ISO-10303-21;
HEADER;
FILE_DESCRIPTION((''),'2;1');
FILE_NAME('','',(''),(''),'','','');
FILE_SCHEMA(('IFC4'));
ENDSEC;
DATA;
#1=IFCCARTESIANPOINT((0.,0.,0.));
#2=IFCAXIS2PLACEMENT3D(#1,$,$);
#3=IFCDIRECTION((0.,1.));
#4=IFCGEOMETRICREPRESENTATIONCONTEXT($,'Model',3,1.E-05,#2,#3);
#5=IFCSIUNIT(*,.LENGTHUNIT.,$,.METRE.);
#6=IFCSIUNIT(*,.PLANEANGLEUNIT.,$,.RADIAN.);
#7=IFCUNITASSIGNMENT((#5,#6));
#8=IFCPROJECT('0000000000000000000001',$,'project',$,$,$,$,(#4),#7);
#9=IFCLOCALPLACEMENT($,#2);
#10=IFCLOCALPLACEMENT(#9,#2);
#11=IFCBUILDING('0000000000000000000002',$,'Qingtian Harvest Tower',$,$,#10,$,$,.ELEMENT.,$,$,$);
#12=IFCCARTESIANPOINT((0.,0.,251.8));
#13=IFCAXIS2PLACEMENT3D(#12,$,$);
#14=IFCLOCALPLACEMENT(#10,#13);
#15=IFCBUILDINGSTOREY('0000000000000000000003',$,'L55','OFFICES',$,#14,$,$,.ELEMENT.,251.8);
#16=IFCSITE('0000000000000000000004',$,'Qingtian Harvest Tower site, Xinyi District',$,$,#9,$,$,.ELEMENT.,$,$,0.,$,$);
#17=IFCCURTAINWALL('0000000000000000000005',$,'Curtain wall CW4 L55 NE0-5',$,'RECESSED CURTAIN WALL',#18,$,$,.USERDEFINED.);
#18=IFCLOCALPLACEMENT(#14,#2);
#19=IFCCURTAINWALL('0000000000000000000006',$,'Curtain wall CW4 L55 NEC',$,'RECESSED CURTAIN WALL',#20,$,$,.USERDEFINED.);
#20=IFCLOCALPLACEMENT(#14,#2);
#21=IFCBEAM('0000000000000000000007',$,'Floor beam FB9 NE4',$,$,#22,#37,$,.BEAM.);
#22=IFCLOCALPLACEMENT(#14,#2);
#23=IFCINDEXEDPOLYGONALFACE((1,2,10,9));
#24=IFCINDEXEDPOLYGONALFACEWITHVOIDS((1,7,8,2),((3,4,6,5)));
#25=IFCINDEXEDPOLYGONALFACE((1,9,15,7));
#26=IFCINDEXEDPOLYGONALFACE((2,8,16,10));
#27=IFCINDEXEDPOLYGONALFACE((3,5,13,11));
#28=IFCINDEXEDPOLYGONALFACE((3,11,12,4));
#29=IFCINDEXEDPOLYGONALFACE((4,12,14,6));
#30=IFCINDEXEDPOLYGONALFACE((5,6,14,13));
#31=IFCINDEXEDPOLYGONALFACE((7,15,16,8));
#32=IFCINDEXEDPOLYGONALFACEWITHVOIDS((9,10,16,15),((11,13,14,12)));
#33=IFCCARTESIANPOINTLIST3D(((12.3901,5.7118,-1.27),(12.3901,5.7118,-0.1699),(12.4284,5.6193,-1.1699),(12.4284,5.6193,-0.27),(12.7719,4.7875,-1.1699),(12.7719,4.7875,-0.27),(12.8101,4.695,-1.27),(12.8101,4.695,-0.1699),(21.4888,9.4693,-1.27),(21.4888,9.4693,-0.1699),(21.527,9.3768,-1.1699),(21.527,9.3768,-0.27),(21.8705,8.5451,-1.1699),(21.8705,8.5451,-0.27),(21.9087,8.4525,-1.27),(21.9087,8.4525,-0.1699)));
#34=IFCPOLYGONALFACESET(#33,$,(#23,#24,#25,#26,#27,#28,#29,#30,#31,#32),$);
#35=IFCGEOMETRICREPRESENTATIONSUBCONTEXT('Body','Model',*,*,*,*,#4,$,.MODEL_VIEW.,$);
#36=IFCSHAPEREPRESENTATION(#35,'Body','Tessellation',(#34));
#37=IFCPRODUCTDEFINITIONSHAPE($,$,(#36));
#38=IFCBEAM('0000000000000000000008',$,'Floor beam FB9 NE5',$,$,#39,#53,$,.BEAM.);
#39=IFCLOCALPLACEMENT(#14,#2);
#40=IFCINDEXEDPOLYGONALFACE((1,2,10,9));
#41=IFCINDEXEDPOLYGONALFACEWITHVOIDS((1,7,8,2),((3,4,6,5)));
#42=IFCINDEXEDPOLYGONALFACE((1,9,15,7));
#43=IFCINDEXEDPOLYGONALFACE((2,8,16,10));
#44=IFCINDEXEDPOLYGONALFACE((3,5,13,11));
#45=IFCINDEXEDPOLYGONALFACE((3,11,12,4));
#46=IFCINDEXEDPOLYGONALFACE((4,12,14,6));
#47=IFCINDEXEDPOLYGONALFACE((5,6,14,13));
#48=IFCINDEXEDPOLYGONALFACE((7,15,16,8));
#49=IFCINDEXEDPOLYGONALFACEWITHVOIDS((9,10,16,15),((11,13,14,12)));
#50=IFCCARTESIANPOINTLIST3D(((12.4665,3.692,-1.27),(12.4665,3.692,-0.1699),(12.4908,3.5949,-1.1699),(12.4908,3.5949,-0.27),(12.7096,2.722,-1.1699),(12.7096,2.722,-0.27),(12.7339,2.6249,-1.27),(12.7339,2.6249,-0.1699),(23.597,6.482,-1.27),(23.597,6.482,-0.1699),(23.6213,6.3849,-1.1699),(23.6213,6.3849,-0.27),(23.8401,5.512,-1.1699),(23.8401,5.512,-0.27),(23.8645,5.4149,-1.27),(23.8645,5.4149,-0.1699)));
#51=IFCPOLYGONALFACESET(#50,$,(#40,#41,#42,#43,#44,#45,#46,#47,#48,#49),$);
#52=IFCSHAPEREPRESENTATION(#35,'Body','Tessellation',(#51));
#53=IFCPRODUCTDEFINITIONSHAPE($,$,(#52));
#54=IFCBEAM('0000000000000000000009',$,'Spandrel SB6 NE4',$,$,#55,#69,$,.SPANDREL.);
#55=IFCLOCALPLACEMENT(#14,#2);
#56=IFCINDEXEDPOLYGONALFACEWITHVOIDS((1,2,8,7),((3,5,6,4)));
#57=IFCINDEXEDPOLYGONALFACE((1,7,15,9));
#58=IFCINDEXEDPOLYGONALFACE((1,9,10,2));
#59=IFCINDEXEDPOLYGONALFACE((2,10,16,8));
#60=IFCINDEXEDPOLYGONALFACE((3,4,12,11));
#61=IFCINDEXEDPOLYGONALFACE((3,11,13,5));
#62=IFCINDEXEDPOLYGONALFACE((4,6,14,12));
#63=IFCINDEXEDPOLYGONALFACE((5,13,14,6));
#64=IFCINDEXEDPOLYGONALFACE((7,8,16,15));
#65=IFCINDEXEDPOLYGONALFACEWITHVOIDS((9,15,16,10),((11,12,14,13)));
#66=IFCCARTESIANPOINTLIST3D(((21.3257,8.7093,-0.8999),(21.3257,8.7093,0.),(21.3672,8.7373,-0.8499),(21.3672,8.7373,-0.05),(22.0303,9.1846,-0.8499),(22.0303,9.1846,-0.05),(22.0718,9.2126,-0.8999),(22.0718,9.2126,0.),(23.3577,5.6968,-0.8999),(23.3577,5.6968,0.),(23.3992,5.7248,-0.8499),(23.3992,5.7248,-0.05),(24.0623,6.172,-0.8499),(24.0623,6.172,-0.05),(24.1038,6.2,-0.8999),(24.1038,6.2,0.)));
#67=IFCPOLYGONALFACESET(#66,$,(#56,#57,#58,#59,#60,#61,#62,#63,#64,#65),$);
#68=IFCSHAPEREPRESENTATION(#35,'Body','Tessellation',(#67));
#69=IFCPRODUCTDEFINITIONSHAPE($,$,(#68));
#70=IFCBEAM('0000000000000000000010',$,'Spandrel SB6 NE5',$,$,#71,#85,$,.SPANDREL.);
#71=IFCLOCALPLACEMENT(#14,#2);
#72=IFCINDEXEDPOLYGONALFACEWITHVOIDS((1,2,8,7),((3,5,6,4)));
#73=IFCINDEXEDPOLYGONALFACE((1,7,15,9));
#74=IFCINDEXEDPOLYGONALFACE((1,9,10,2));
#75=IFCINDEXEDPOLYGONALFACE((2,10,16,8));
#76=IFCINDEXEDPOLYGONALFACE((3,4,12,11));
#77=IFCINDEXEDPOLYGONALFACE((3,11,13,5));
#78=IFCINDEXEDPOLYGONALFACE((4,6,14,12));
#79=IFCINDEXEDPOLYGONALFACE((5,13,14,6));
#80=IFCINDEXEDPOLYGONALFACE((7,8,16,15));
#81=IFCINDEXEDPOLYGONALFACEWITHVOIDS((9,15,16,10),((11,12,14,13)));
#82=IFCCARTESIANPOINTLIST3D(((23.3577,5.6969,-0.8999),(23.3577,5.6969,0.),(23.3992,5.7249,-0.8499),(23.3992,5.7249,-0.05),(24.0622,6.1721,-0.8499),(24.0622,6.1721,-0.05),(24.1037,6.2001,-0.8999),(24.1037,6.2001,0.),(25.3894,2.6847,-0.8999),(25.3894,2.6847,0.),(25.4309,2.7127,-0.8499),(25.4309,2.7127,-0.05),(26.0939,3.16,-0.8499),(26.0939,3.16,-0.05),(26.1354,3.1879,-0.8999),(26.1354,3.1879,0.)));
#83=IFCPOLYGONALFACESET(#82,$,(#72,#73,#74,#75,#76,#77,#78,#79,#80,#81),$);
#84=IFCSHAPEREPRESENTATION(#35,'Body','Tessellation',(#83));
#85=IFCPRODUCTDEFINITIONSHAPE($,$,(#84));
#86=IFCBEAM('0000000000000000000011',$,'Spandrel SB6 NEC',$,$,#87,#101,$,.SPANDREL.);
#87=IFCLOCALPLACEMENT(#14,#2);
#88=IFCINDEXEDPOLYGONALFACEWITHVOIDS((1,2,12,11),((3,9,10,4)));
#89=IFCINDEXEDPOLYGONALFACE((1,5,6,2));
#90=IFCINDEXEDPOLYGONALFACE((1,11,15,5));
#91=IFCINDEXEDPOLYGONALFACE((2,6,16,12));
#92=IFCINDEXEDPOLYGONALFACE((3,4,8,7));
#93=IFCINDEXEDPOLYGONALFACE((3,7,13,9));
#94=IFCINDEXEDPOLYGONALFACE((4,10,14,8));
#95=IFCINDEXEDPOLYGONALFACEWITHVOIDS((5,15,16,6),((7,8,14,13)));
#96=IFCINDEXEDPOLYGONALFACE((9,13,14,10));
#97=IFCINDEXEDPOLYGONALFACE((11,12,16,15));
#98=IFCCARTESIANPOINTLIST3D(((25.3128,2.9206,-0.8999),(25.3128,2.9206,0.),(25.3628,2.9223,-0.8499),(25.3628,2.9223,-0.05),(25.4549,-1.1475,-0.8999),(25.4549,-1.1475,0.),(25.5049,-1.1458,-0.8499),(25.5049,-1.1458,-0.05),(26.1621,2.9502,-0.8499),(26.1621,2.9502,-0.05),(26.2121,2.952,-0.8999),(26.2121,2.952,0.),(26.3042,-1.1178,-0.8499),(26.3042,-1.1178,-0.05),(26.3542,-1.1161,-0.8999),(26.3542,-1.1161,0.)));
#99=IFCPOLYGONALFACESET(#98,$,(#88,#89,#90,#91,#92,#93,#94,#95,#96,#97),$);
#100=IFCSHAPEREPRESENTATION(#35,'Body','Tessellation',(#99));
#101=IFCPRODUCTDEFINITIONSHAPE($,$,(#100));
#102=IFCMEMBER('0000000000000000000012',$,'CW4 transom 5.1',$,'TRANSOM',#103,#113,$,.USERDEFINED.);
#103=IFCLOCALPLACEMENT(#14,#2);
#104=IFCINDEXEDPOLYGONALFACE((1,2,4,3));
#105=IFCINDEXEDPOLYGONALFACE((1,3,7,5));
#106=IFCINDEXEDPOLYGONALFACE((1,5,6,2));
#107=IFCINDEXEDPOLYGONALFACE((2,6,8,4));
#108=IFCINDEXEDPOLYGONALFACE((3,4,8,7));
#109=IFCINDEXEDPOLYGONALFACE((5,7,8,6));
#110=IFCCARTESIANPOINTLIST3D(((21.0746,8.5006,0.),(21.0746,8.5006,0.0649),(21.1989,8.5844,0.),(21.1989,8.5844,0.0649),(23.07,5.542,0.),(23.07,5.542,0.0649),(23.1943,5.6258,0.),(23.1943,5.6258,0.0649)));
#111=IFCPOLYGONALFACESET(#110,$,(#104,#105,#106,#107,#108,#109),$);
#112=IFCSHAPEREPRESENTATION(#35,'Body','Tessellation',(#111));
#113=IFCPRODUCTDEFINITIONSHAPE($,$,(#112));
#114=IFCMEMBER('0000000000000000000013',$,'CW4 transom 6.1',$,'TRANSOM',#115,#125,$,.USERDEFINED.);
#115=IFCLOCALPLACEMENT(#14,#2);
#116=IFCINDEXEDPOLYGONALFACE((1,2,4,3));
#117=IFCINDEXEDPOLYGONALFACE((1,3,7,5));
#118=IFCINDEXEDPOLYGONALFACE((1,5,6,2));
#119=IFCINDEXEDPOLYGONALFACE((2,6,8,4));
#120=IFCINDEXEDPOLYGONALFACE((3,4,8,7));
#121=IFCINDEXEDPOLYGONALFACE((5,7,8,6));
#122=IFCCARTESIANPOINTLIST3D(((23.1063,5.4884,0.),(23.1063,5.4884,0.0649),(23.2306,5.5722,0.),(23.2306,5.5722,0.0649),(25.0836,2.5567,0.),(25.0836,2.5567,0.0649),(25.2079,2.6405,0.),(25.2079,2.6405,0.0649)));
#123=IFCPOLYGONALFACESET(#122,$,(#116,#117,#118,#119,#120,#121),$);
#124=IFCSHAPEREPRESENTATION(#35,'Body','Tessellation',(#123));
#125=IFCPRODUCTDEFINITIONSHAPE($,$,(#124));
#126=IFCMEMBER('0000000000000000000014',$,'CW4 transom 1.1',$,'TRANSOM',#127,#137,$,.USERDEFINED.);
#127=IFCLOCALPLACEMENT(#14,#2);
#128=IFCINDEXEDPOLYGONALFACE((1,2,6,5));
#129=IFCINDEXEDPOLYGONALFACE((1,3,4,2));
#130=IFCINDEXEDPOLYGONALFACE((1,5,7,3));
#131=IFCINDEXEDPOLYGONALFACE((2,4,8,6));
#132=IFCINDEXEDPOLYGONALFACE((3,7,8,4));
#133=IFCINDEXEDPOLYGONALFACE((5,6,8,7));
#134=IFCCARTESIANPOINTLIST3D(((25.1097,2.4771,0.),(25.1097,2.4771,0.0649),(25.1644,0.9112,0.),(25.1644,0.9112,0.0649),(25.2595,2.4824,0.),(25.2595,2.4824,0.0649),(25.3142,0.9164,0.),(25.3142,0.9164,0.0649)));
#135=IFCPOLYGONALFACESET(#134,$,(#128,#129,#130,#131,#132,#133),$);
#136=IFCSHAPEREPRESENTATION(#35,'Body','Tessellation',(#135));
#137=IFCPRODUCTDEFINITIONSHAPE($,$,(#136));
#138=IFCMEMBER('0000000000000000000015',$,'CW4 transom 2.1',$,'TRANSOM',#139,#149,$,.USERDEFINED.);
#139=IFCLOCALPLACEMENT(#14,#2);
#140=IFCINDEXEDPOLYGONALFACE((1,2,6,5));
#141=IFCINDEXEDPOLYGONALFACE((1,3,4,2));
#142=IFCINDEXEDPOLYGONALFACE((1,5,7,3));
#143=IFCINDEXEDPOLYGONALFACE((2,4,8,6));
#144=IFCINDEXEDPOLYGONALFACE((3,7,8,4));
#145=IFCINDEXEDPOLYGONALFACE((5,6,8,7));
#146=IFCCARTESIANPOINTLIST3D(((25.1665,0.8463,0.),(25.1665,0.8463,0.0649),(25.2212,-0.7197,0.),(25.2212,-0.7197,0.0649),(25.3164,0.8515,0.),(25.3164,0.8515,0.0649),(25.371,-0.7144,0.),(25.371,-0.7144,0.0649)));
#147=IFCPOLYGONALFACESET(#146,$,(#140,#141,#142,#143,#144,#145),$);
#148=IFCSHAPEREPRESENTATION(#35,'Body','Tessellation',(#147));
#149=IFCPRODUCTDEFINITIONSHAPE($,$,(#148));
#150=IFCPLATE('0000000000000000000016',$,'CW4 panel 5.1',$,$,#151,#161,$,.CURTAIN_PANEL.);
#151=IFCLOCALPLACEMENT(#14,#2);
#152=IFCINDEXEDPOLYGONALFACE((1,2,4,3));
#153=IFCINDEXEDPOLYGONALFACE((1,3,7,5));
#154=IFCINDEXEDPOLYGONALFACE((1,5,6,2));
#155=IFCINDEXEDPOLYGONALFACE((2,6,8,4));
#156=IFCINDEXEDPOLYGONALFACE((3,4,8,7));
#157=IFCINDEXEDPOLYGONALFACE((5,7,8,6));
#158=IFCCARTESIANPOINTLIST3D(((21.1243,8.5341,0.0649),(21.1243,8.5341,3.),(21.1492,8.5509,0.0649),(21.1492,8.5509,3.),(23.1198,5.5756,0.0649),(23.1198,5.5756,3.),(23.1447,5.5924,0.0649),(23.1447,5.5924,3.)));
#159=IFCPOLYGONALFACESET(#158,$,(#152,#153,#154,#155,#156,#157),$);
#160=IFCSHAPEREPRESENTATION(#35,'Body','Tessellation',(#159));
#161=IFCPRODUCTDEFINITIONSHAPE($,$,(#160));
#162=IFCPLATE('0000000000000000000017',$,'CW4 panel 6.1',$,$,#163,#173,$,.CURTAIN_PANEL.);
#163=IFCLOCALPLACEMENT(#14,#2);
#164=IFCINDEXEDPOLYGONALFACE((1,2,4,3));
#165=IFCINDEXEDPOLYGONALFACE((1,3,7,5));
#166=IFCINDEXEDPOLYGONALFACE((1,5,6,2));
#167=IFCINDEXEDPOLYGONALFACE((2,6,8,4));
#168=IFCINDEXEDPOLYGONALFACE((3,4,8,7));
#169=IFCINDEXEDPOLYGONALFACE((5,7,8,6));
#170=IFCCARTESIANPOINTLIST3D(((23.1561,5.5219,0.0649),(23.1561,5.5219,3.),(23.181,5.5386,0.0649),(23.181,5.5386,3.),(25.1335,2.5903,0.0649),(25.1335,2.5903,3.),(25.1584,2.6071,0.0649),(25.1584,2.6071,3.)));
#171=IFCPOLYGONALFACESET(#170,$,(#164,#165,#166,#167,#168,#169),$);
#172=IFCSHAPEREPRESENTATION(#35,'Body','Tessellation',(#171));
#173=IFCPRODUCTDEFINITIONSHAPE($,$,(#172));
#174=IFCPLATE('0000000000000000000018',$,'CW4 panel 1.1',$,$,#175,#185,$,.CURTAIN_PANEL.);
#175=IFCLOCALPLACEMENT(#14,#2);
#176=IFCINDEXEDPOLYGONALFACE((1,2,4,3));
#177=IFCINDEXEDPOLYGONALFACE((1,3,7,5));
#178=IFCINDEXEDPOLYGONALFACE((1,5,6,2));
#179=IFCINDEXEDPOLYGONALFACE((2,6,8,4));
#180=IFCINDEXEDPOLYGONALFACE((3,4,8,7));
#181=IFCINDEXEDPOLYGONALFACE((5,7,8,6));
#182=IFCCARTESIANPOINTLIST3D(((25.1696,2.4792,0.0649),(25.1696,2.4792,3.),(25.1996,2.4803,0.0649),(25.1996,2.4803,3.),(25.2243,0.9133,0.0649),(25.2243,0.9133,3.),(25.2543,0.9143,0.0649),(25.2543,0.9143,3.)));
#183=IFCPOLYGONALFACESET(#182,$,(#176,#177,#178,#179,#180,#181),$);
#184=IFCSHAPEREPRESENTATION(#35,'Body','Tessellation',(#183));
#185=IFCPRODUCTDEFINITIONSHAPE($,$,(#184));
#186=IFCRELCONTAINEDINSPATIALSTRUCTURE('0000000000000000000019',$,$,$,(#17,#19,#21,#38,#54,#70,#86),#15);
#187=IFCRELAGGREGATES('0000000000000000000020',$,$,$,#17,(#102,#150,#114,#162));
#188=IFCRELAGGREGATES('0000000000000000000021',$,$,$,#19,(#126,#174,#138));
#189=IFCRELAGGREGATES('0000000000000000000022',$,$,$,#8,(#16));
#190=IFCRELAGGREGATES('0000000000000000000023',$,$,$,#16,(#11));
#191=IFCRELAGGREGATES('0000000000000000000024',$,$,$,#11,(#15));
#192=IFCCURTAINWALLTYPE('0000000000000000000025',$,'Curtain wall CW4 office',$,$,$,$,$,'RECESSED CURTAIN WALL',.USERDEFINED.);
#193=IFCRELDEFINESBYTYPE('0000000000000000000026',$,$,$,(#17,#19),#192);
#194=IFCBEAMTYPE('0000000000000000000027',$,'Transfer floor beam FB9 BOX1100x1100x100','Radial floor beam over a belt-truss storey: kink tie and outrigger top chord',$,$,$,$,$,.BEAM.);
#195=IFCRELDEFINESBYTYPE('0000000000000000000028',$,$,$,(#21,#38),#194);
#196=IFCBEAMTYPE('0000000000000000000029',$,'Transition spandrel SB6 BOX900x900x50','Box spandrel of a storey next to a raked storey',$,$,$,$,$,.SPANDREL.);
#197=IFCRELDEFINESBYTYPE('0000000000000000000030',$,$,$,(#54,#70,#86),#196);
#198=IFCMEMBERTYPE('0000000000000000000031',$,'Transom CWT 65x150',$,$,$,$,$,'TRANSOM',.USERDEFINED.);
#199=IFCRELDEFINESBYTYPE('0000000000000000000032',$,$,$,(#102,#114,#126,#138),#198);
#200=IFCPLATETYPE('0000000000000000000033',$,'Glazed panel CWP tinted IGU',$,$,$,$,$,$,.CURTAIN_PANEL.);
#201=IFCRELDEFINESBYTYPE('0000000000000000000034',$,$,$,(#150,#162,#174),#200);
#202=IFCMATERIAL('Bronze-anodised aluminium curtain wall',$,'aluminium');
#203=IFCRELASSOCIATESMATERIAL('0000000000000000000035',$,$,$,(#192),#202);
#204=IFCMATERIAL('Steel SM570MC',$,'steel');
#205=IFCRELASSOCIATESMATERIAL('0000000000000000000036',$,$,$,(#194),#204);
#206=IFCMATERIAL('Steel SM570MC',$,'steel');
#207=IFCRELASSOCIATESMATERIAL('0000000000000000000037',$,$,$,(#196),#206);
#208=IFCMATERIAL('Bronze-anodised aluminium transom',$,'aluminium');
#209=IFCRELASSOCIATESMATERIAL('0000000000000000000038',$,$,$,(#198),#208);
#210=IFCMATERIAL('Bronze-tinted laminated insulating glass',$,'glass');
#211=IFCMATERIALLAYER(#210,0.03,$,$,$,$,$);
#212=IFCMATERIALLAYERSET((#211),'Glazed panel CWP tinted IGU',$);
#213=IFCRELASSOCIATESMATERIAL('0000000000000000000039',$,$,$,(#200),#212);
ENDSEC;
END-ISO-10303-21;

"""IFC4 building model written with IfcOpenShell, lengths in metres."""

from ifc_helpers import new_model, si_unit, direction, frame, origin, origin_2d, place, context, subcontext, project, spatial, rectangle, hollow_rectangle, extrude, material, layer, layer_set, material_profile, profile_set, type_object, element, aggregate, save


model = new_model("IFC4")

# Units and contexts
model_context = context("Model", 3, precision=1e-05, world=origin(), true_north=direction((0.0, 1.0)))
body_context = subcontext(model_context, "Body", "Model", "MODEL_VIEW")
ifc_project = project(units=[si_unit("LENGTHUNIT", "METRE"), si_unit("PLANEANGLEUNIT", "RADIAN")], contexts=[model_context])

# Site, building, storey
site_placement = place(None, origin())
site = spatial("IfcSite", under=ifc_project, at=site_placement, Name="Qingtian Harvest Tower site, Xinyi District", CompositionType="ELEMENT", RefElevation=0.0)
building_placement = place(site_placement, origin())
building = spatial("IfcBuilding", under=site, at=building_placement, Name="Qingtian Harvest Tower", CompositionType="ELEMENT")
storey_placement = place(building_placement, frame((0.0, 0.0, 251.8)))
storey = spatial("IfcBuildingStorey", under=building, at=storey_placement, Name="L55", Description="OFFICES", CompositionType="ELEMENT", Elevation=251.8)

# Curtain walls
ifc_material_1 = material(Name="Bronze-anodised aluminium curtain wall", Category="aluminium")
curtain_wall_type = type_object("IfcCurtainWallType", Name="Curtain wall CW4 office", ElementType="RECESSED CURTAIN WALL", PredefinedType="USERDEFINED", material=ifc_material_1)
curtain_wall_1_placement = place(storey_placement, origin())
curtain_wall_1 = element("IfcCurtainWall", 1, at=curtain_wall_1_placement, inside=storey, type_object=curtain_wall_type, Name="Curtain wall CW4 L55 NE0-5", ObjectType="RECESSED CURTAIN WALL", PredefinedType="USERDEFINED")
curtain_wall_2_placement = place(storey_placement, origin())
curtain_wall_2 = element("IfcCurtainWall", 2, at=curtain_wall_2_placement, inside=storey, type_object=curtain_wall_type, Name="Curtain wall CW4 L55 NEC", ObjectType="RECESSED CURTAIN WALL", PredefinedType="USERDEFINED")

# Beams
ifc_material_2 = material(Name="Steel SM570MC", Category="steel")
ifc_material_profile_1 = material_profile(ifc_material_2, hollow_rectangle(XDim=1.1001, YDim=1.1001, WallThickness=0.1001, at=origin_2d()), Name="BOX1100x1100x100")
ifc_profile_set_1 = profile_set([ifc_material_profile_1], Name="Steel SM570MC")
beam_type_1 = type_object("IfcBeamType", Name="Transfer floor beam FB9 BOX1100x1100x100", Description="Radial floor beam over a belt-truss storey: kink tie and outrigger top chord", PredefinedType="BEAM", material=ifc_profile_set_1)
beam_1_placement = place(storey_placement, frame((21.6987, 8.9609, -0.72), z_axis=(-0.924282, -0.381711, 0.0), x_axis=(0.381711, -0.924282, 0.0)))
element("IfcBeam", 3, at=beam_1_placement, inside=storey, type_object=beam_type_1, Name="Floor beam FB9 NE4", PredefinedType="BEAM", context=body_context, shape_type="SweptSolid", body=[
    extrude(hollow_rectangle(XDim=1.1001, YDim=1.1001, WallThickness=0.1001, at=origin_2d()), origin(), (0.0, 0.0, 1.0), 9.844),
])
beam_2_placement = place(storey_placement, frame((23.7307, 5.9485, -0.72), z_axis=(-0.969991, -0.243141, 0.0), x_axis=(0.243141, -0.969991, 0.0)))
element("IfcBeam", 4, at=beam_2_placement, inside=storey, type_object=beam_type_1, Name="Floor beam FB9 NE5", PredefinedType="BEAM", context=body_context, shape_type="SweptSolid", body=[
    extrude(hollow_rectangle(XDim=1.1001, YDim=1.1001, WallThickness=0.1001, at=origin_2d()), origin(), (0.0, 0.0, 1.0), 11.4749),
])
ifc_material_3 = material(Name="Steel SM570MC", Category="steel")
ifc_material_profile_2 = material_profile(ifc_material_3, hollow_rectangle(XDim=0.8999, YDim=0.8999, WallThickness=0.05, at=origin_2d()), Name="BOX900x900x50")
ifc_profile_set_2 = profile_set([ifc_material_profile_2], Name="Steel SM570MC")
beam_type_2 = type_object("IfcBeamType", Name="Transition spandrel SB6 BOX900x900x50", Description="Box spandrel of a storey next to a raked storey", PredefinedType="SPANDREL", material=ifc_profile_set_2)
beam_3_placement = place(storey_placement, frame((21.6987, 8.9609, -0.45), z_axis=(0.559204, -0.82903, 0.0), x_axis=(0.82903, 0.559204, 0.0)))
element("IfcBeam", 5, at=beam_3_placement, inside=storey, type_object=beam_type_2, Name="Spandrel SB6 NE4", PredefinedType="SPANDREL", context=body_context, shape_type="SweptSolid", body=[
    extrude(hollow_rectangle(XDim=0.8999, YDim=0.8999, WallThickness=0.05, at=origin_2d()), origin(), (0.0, 0.0, 1.0), 3.6338),
])
beam_4_placement = place(storey_placement, frame((23.7307, 5.9485, -0.45), z_axis=(0.559189, -0.82904, 0.0), x_axis=(0.82904, 0.559189, 0.0)))
element("IfcBeam", 6, at=beam_4_placement, inside=storey, type_object=beam_type_2, Name="Spandrel SB6 NE5", PredefinedType="SPANDREL", context=body_context, shape_type="SweptSolid", body=[
    extrude(hollow_rectangle(XDim=0.8999, YDim=0.8999, WallThickness=0.05, at=origin_2d()), origin(), (0.0, 0.0, 1.0), 3.6333),
])
beam_5_placement = place(storey_placement, frame((25.7625, 2.9363, -0.45), z_axis=(0.034906, -0.999391, 0.0), x_axis=(0.999391, 0.034906, 0.0)))
element("IfcBeam", 7, at=beam_5_placement, inside=storey, type_object=beam_type_2, Name="Spandrel SB6 NEC", PredefinedType="SPANDREL", context=body_context, shape_type="SweptSolid", body=[
    extrude(hollow_rectangle(XDim=0.8999, YDim=0.8999, WallThickness=0.05, at=origin_2d()), origin(), (0.0, 0.0, 1.0), 4.0706),
])

# Members
ifc_material_4 = material(Name="Bronze-anodised aluminium transom", Category="aluminium")
ifc_material_profile_3 = material_profile(ifc_material_4, rectangle(XDim=0.1499, YDim=0.0649, at=origin_2d()), Name="AL 65x150")
ifc_profile_set_3 = profile_set([ifc_material_profile_3], Name="Bronze-anodised aluminium transom")
member_type_1 = type_object("IfcMemberType", Name="Transom CWT 65x150", ElementType="TRANSOM", PredefinedType="USERDEFINED", material=ifc_profile_set_3)
member_1_placement = place(storey_placement, frame((21.1367, 8.5425, 0.0325), z_axis=(0.55916, -0.82906, 0.0), x_axis=(0.82906, 0.55916, 0.0)))
member_1 = element("IfcMember", 8, at=member_1_placement, type_object=member_type_1, Name="CW4 transom 5.1", ObjectType="TRANSOM", PredefinedType="USERDEFINED", context=body_context, shape_type="SweptSolid", body=[
    extrude(rectangle(XDim=0.1499, YDim=0.0649, at=origin_2d()), origin(), (0.0, 0.0, 1.0), 3.5686),
])
member_2_placement = place(storey_placement, frame((23.1685, 5.5303, 0.0325), z_axis=(0.559169, -0.829054, 0.0), x_axis=(0.829054, 0.559169, 0.0)))
member_2 = element("IfcMember", 9, at=member_2_placement, type_object=member_type_1, Name="CW4 transom 6.1", ObjectType="TRANSOM", PredefinedType="USERDEFINED", context=body_context, shape_type="SweptSolid", body=[
    extrude(rectangle(XDim=0.1499, YDim=0.0649, at=origin_2d()), origin(), (0.0, 0.0, 1.0), 3.5361),
])
member_3_placement = place(storey_placement, frame((25.1846, 2.4797, 0.0325), z_axis=(0.034902, -0.999391, 0.0), x_axis=(0.999391, 0.034902, 0.0)))
member_3 = element("IfcMember", 10, at=member_3_placement, type_object=member_type_1, Name="CW4 transom 1.1", ObjectType="TRANSOM", PredefinedType="USERDEFINED", context=body_context, shape_type="SweptSolid", body=[
    extrude(rectangle(XDim=0.1499, YDim=0.0649, at=origin_2d()), origin(), (0.0, 0.0, 1.0), 1.5669),
])
member_4_placement = place(storey_placement, frame((25.2415, 0.8489, 0.0325), z_axis=(0.034902, -0.999391, 0.0), x_axis=(0.999391, 0.034902, 0.0)))
member_4 = element("IfcMember", 11, at=member_4_placement, type_object=member_type_1, Name="CW4 transom 2.1", ObjectType="TRANSOM", PredefinedType="USERDEFINED", context=body_context, shape_type="SweptSolid", body=[
    extrude(rectangle(XDim=0.1499, YDim=0.0649, at=origin_2d()), origin(), (0.0, 0.0, 1.0), 1.5669),
])

# Plates
ifc_material_5 = material(Name="Bronze-tinted laminated insulating glass", Category="glass")
ifc_layer_1 = layer(ifc_material_5, 0.03)
ifc_layer_set_1 = layer_set([ifc_layer_1], Name="Glazed panel CWP tinted IGU")
plate_type = type_object("IfcPlateType", Name="Glazed panel CWP tinted IGU", PredefinedType="CURTAIN_PANEL", material=ifc_layer_set_1)
plate_1_placement = place(storey_placement, frame((22.1345, 7.0632, 0.0649), z_axis=(0.0, 0.0, 1.0), x_axis=(0.559193, -0.829038, 0.0)))
plate_1 = element("IfcPlate", 12, at=plate_1_placement, type_object=plate_type, Name="CW4 panel 5.1", PredefinedType="CURTAIN_PANEL", context=body_context, shape_type="SweptSolid", body=[
    extrude(rectangle(XDim=3.5686, YDim=0.03, at=origin_2d()), origin(), (0.0, 0.0, 1.0), 2.9351),
])
plate_2_placement = place(storey_placement, frame((24.1572, 4.0645, 0.0649), z_axis=(0.0, 0.0, 1.0), x_axis=(0.559193, -0.829038, 0.0)))
plate_2 = element("IfcPlate", 13, at=plate_2_placement, type_object=plate_type, Name="CW4 panel 6.1", PredefinedType="CURTAIN_PANEL", context=body_context, shape_type="SweptSolid", body=[
    extrude(rectangle(XDim=3.5361, YDim=0.03, at=origin_2d()), origin(), (0.0, 0.0, 1.0), 2.9351),
])
aggregate(curtain_wall_1, [member_1, plate_1, member_2, plate_2])
plate_3_placement = place(storey_placement, frame((25.2119, 1.6968, 0.0649), z_axis=(0.0, 0.0, 1.0), x_axis=(0.034899, -0.999391, 0.0)))
plate_3 = element("IfcPlate", 14, at=plate_3_placement, type_object=plate_type, Name="CW4 panel 1.1", PredefinedType="CURTAIN_PANEL", context=body_context, shape_type="SweptSolid", body=[
    extrude(rectangle(XDim=1.5669, YDim=0.03, at=origin_2d()), origin(), (0.0, 0.0, 1.0), 2.9351),
])
aggregate(curtain_wall_2, [member_3, plate_3, member_4])

save(model, "model.ifc")
